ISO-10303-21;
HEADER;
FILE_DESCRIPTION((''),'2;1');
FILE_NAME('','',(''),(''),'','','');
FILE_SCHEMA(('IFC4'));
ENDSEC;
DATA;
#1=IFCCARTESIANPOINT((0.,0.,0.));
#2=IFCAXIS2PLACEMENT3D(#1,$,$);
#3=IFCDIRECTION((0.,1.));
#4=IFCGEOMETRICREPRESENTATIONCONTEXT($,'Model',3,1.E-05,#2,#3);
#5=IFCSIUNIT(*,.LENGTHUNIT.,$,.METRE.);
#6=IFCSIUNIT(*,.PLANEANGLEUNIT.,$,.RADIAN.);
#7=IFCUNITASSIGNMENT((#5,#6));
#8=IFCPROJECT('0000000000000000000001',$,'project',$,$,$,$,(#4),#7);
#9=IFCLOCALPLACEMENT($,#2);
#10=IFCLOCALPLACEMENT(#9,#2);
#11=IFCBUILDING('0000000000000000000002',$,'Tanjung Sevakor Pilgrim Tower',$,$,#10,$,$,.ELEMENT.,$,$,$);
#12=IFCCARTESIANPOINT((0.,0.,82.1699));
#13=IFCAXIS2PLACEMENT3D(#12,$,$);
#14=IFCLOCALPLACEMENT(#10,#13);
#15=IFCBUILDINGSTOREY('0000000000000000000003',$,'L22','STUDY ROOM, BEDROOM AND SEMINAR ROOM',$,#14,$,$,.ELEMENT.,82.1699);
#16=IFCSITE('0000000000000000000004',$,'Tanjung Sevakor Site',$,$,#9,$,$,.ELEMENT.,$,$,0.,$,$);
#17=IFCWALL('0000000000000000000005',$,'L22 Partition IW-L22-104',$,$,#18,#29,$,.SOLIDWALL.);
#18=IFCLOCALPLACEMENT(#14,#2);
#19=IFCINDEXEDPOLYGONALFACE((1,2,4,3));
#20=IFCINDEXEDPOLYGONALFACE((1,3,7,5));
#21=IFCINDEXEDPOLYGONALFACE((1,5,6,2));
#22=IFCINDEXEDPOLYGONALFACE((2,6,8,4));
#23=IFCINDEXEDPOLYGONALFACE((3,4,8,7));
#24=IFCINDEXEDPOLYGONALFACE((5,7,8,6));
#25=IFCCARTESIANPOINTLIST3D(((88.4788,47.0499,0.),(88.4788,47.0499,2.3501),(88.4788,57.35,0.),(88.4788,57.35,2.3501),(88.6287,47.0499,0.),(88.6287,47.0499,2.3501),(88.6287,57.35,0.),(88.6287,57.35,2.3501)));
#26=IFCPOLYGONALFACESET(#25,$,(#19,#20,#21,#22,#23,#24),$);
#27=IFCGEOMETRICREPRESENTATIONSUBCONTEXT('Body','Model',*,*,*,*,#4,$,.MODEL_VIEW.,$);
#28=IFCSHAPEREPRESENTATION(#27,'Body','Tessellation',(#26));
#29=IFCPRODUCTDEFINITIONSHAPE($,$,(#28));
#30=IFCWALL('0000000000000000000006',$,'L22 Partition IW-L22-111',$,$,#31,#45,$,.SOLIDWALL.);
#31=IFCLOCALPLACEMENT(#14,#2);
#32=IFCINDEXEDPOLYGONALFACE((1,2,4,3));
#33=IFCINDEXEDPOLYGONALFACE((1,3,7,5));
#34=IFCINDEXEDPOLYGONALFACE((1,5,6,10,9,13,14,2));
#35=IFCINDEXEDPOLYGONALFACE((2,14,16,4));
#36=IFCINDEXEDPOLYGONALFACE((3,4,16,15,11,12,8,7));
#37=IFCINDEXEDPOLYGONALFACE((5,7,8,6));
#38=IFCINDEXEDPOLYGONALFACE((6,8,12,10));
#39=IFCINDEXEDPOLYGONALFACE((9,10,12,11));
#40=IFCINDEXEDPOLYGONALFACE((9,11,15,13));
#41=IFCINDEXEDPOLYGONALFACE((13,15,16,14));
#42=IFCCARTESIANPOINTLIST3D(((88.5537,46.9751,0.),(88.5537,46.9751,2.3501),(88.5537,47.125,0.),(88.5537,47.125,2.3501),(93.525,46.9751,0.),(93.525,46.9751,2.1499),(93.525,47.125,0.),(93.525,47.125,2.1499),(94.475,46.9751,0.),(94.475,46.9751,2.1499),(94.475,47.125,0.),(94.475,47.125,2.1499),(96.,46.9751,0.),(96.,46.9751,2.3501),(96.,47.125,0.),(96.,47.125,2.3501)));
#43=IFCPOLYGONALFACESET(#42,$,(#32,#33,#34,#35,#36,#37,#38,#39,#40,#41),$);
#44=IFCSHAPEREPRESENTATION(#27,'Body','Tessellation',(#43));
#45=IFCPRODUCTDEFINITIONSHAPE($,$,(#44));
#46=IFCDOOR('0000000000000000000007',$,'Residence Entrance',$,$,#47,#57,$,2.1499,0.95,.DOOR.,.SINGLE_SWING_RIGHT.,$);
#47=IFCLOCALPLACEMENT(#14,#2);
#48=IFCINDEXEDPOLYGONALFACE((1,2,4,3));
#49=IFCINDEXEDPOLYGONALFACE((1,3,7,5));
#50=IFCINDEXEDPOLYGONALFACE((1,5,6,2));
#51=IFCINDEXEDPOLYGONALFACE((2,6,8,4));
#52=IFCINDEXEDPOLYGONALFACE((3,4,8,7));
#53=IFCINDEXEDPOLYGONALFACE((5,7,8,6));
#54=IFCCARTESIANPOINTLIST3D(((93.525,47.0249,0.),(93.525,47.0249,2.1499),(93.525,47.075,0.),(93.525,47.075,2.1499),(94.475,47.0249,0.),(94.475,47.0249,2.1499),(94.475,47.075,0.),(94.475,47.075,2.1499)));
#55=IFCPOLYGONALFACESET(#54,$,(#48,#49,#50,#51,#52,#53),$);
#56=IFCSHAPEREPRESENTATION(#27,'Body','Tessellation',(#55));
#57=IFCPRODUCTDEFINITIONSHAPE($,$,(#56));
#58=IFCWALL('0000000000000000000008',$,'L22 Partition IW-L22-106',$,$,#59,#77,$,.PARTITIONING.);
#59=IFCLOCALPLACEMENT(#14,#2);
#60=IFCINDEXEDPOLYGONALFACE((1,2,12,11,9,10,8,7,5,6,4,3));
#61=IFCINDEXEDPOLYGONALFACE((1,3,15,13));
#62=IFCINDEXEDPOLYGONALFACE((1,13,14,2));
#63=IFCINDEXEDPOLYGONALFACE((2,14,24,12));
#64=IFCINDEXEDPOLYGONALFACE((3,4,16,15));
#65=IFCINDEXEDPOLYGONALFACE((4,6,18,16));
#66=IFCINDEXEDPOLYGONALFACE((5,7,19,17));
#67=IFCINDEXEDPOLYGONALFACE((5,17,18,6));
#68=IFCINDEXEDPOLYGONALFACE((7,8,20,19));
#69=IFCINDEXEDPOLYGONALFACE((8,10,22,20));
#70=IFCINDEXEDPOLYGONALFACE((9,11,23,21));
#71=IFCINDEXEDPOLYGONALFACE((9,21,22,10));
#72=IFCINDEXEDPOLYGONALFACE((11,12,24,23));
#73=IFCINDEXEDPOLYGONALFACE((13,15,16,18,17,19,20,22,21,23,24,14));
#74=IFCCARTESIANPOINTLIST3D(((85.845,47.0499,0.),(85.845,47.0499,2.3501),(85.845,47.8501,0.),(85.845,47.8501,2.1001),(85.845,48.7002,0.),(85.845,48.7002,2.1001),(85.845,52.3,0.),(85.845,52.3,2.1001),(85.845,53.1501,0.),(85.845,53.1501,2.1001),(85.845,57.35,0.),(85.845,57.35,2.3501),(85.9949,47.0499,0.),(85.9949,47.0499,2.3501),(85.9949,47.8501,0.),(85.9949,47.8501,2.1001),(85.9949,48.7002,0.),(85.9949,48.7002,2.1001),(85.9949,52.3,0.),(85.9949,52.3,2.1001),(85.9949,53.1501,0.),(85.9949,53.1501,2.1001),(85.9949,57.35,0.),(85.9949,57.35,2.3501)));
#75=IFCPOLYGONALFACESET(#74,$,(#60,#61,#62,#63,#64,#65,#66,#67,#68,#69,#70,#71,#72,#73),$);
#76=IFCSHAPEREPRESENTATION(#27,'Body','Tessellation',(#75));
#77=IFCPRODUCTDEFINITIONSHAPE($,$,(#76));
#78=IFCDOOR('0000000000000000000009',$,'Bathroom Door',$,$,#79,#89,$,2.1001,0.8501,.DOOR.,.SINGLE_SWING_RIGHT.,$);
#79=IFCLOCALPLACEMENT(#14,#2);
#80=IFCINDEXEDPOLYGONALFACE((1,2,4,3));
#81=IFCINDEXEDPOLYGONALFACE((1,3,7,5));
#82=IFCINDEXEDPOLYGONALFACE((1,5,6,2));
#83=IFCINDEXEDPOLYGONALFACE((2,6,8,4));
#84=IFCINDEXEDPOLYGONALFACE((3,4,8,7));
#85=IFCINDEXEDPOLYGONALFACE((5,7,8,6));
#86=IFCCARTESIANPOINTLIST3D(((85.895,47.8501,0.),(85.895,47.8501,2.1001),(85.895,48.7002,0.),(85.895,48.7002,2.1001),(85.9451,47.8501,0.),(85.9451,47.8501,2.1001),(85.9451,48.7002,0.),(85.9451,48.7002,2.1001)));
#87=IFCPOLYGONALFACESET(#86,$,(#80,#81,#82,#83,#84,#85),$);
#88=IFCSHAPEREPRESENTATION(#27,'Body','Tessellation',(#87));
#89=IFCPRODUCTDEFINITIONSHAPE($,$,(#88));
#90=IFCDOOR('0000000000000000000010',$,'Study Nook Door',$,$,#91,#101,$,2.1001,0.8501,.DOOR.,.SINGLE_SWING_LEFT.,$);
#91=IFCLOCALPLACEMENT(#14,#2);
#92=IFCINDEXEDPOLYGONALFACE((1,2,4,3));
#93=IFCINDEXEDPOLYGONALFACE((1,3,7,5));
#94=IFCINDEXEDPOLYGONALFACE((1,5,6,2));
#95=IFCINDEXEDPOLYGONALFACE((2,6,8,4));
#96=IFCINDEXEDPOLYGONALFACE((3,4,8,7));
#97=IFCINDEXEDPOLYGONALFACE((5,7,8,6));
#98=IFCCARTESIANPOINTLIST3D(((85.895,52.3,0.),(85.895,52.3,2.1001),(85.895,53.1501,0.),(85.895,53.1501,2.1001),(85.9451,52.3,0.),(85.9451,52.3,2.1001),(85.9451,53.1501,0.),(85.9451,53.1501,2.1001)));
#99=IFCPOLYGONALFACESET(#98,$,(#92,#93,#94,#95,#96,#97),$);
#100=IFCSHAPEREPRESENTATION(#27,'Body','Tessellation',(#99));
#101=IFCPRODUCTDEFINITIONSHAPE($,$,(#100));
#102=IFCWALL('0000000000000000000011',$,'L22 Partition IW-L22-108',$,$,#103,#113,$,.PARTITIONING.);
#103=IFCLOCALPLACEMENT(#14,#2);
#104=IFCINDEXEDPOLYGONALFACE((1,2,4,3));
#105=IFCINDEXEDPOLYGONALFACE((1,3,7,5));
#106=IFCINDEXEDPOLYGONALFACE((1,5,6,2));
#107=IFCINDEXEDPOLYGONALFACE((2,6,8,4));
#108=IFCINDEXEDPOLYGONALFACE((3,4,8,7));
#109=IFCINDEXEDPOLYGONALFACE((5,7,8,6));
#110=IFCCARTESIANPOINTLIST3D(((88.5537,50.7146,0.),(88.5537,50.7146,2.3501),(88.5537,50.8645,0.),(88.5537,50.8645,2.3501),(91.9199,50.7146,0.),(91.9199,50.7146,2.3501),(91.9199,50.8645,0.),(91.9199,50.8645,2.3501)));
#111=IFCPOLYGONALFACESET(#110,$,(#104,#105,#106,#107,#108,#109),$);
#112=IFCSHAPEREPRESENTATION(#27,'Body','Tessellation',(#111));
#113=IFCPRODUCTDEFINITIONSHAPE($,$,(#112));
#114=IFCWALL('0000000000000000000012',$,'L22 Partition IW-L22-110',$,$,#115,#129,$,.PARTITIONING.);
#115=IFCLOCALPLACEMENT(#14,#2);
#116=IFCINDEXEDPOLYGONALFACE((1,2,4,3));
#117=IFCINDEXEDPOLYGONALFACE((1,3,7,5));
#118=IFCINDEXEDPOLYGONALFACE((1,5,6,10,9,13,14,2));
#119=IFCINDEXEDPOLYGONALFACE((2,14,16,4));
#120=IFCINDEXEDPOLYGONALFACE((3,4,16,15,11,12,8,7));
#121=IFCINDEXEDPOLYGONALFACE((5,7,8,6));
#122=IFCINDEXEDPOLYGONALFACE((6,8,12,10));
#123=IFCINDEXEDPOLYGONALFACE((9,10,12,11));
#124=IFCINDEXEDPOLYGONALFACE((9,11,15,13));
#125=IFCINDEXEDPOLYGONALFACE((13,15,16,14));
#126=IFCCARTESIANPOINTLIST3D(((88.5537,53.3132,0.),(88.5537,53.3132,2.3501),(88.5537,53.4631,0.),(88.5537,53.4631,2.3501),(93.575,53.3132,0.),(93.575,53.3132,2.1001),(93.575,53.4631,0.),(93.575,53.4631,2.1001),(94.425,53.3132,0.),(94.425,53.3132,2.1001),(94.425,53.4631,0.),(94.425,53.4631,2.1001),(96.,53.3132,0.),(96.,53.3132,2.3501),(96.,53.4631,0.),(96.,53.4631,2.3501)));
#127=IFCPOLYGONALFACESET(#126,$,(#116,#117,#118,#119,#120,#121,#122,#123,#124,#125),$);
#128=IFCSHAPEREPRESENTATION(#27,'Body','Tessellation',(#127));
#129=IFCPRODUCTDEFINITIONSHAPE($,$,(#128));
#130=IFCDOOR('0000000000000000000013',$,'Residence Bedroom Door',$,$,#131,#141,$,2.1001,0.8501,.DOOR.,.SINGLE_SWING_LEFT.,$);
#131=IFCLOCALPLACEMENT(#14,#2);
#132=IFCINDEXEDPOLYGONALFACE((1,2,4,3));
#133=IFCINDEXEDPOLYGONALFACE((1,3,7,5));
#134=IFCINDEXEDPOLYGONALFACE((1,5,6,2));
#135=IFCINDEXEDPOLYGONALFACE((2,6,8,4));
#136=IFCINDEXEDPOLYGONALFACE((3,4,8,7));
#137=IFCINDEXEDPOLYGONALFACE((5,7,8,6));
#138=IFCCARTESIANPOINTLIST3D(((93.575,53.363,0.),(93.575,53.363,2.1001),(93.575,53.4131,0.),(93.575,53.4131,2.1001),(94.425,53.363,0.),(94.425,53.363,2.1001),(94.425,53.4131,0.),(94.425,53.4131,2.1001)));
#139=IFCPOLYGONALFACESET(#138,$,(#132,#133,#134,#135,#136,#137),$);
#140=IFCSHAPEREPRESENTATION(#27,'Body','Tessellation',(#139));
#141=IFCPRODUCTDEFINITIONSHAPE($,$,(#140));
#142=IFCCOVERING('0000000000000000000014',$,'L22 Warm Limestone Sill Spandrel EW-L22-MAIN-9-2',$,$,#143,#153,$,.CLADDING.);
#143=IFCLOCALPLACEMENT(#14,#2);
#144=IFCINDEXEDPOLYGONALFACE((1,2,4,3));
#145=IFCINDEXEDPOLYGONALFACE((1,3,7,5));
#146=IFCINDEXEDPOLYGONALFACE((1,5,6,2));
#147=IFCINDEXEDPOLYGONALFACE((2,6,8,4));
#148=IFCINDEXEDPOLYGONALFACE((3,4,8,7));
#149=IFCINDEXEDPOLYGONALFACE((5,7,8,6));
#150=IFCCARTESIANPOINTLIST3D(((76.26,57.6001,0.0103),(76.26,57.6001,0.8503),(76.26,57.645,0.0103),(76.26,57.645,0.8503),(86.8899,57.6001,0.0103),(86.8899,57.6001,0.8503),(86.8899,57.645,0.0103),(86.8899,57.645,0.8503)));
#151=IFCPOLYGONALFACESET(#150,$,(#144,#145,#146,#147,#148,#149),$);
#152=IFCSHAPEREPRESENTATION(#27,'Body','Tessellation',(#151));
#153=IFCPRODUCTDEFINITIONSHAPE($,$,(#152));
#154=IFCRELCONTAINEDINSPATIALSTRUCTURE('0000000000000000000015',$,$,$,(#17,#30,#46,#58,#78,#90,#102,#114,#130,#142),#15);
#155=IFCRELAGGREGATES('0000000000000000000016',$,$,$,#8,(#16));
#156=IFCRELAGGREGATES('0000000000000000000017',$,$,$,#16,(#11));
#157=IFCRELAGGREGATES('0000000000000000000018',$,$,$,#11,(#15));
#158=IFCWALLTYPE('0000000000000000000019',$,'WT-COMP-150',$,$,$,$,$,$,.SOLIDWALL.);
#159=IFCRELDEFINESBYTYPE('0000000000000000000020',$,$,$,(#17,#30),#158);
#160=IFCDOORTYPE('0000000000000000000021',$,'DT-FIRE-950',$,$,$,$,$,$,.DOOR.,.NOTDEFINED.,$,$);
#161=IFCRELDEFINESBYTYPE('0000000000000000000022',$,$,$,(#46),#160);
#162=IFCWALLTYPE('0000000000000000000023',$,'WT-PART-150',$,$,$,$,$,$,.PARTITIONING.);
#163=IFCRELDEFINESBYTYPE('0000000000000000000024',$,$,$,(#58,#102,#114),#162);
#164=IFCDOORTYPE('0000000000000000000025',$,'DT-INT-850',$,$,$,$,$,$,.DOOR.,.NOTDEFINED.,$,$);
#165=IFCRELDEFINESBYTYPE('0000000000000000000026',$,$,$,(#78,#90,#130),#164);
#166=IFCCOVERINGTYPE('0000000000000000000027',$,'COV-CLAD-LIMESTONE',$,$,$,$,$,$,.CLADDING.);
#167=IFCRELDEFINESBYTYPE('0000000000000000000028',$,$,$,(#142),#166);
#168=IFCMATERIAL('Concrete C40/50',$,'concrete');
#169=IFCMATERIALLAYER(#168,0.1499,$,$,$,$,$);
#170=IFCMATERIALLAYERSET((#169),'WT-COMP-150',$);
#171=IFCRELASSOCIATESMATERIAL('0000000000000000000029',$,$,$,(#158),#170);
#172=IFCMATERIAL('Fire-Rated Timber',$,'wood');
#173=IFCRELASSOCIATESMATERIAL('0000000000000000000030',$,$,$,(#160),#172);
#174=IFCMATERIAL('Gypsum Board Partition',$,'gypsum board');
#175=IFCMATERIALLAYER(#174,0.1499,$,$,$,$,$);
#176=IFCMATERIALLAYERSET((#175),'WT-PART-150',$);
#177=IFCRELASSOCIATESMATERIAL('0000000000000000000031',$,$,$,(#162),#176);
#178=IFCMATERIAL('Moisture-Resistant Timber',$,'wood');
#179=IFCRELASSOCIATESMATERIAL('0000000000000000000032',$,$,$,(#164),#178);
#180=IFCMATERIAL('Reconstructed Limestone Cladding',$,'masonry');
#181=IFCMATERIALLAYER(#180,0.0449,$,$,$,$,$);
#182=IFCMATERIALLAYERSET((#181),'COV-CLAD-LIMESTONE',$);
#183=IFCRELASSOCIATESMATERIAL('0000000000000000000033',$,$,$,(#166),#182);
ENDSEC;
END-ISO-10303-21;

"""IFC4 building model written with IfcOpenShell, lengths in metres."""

from ifc_helpers import new_model, si_unit, direction, frame, frame_2d, origin, origin_2d, place, context, subcontext, project, spatial, rectangle, extrude, material, layer, layer_set, type_object, element, fill, save


model = new_model("IFC4")

# Units and contexts
model_context = context("Model", 3, precision=1e-05, world=origin(), true_north=direction((0.0, 1.0)))
body_context = subcontext(model_context, "Body", "Model", "MODEL_VIEW")
ifc_project = project(units=[si_unit("LENGTHUNIT", "METRE"), si_unit("PLANEANGLEUNIT", "RADIAN")], contexts=[model_context])

# Site, building, storey
site_placement = place(None, origin())
site = spatial("IfcSite", under=ifc_project, at=site_placement, Name="Tanjung Sevakor Site", CompositionType="ELEMENT", RefElevation=0.0)
building_placement = place(site_placement, origin())
building = spatial("IfcBuilding", under=site, at=building_placement, Name="Tanjung Sevakor Pilgrim Tower", CompositionType="ELEMENT")
storey_placement = place(building_placement, frame((0.0, 0.0, 82.1699)))
storey = spatial("IfcBuildingStorey", under=building, at=storey_placement, Name="L22", Description="STUDY ROOM, BEDROOM AND SEMINAR ROOM", CompositionType="ELEMENT", Elevation=82.1699)

# Wall
ifc_material_1 = material(Name="Concrete C40/50", Category="concrete")
ifc_layer_1 = layer(ifc_material_1, 0.1499)
ifc_layer_set_1 = layer_set([ifc_layer_1], Name="WT-COMP-150")
wall_type_1 = type_object("IfcWallType", Name="WT-COMP-150", PredefinedType="SOLIDWALL", material=ifc_layer_set_1)
wall_1_placement = place(storey_placement, frame((88.5537, 47.05, 0.0), z_axis=(0.0, 0.0, 1.0), x_axis=(0.0, 1.0, 0.0)))
element("IfcWall", 1, at=wall_1_placement, inside=storey, type_object=wall_type_1, Name="L22 Partition IW-L22-104", PredefinedType="SOLIDWALL", context=body_context, shape_type="SweptSolid", body=[
    extrude(rectangle(XDim=10.3, YDim=0.1499, at=frame_2d((5.1499, 0.0))), origin(), (0.0, 0.0, 1.0), 2.3501),
])

# Wall, opening, door
wall_2_placement = place(storey_placement, frame((88.5537, 47.05, 0.0), z_axis=(0.0, 0.0, 1.0), x_axis=(1.0, 0.0, 0.0)))
wall_2 = element("IfcWall", 2, at=wall_2_placement, inside=storey, type_object=wall_type_1, Name="L22 Partition IW-L22-111", PredefinedType="SOLIDWALL", context=body_context, shape_type="SweptSolid", body=[
    extrude(rectangle(XDim=7.4463, YDim=0.1499, at=frame_2d((3.7231, 0.0))), origin(), (0.0, 0.0, 1.0), 2.3501),
])
opening_1_placement = place(wall_2_placement, frame((4.9712, 0.0, 0.0)))
opening_1 = element("IfcOpeningElement", 3, at=opening_1_placement, cuts=wall_2, PredefinedType="OPENING", context=body_context, shape_type="SweptSolid", body=[
    extrude(rectangle(XDim=0.95, YDim=2.1499, at=frame_2d((0.4751, 1.075))), frame((0.0, 0.085, 0.0), z_axis=(0.0, -1.0, 0.0), x_axis=(1.0, 0.0, 0.0)), (0.0, 0.0, 1.0), 0.1699),
])
ifc_material_2 = material(Name="Fire-Rated Timber", Category="wood")
door_type_1 = type_object("IfcDoorType", Name="DT-FIRE-950", OperationType="NOTDEFINED", PredefinedType="DOOR", material=ifc_material_2)
door_1_placement = place(opening_1_placement, origin())
door_1 = element("IfcDoor", 4, at=door_1_placement, inside=storey, type_object=door_type_1, Name="Residence Entrance", OperationType="SINGLE_SWING_RIGHT", OverallHeight=2.1499, OverallWidth=0.95, PredefinedType="DOOR", context=body_context, shape_type="SweptSolid", body=[
    extrude(rectangle(XDim=0.95, YDim=2.1499, at=frame_2d((0.4751, 1.075))), frame((0.0, 0.0249, 0.0), z_axis=(0.0, -1.0, 0.0), x_axis=(1.0, 0.0, 0.0)), (0.0, 0.0, 1.0), 0.05),
])
fill(opening_1, door_1)

# Wall, openings, doors
ifc_material_3 = material(Name="Gypsum Board Partition", Category="gypsum board")
ifc_layer_2 = layer(ifc_material_3, 0.1499)
ifc_layer_set_2 = layer_set([ifc_layer_2], Name="WT-PART-150")
wall_type_2 = type_object("IfcWallType", Name="WT-PART-150", PredefinedType="PARTITIONING", material=ifc_layer_set_2)
wall_3_placement = place(storey_placement, frame((85.9199, 47.05, 0.0), z_axis=(0.0, 0.0, 1.0), x_axis=(0.0, 1.0, 0.0)))
wall_3 = element("IfcWall", 5, at=wall_3_placement, inside=storey, type_object=wall_type_2, Name="L22 Partition IW-L22-106", PredefinedType="PARTITIONING", context=body_context, shape_type="SweptSolid", body=[
    extrude(rectangle(XDim=10.3, YDim=0.1499, at=frame_2d((5.1499, 0.0))), origin(), (0.0, 0.0, 1.0), 2.3501),
])
opening_2_placement = place(wall_3_placement, frame((0.8, 0.0, 0.0)))
opening_2 = element("IfcOpeningElement", 6, at=opening_2_placement, cuts=wall_3, PredefinedType="OPENING", context=body_context, shape_type="SweptSolid", body=[
    extrude(rectangle(XDim=0.8501, YDim=2.1001, at=frame_2d((0.425, 1.05))), frame((0.0, 0.085, 0.0), z_axis=(0.0, -1.0, 0.0), x_axis=(1.0, 0.0, 0.0)), (0.0, 0.0, 1.0), 0.1699),
])
opening_3_placement = place(wall_3_placement, frame((5.25, 0.0, 0.0)))
opening_3 = element("IfcOpeningElement", 7, at=opening_3_placement, cuts=wall_3, PredefinedType="OPENING", context=body_context, shape_type="SweptSolid", body=[
    extrude(rectangle(XDim=0.8501, YDim=2.1001, at=frame_2d((0.425, 1.05))), frame((0.0, 0.085, 0.0), z_axis=(0.0, -1.0, 0.0), x_axis=(1.0, 0.0, 0.0)), (0.0, 0.0, 1.0), 0.1699),
])
ifc_material_4 = material(Name="Moisture-Resistant Timber", Category="wood")
door_type_2 = type_object("IfcDoorType", Name="DT-INT-850", OperationType="NOTDEFINED", PredefinedType="DOOR", material=ifc_material_4)
door_2_placement = place(opening_2_placement, origin())
door_2 = element("IfcDoor", 8, at=door_2_placement, inside=storey, type_object=door_type_2, Name="Bathroom Door", OperationType="SINGLE_SWING_RIGHT", OverallHeight=2.1001, OverallWidth=0.8501, PredefinedType="DOOR", context=body_context, shape_type="SweptSolid", body=[
    extrude(rectangle(XDim=0.8501, YDim=2.1001, at=frame_2d((0.425, 1.05))), frame((0.0, 0.0249, 0.0), z_axis=(0.0, -1.0, 0.0), x_axis=(1.0, 0.0, 0.0)), (0.0, 0.0, 1.0), 0.05),
])
fill(opening_2, door_2)
door_3_placement = place(opening_3_placement, origin())
door_3 = element("IfcDoor", 9, at=door_3_placement, inside=storey, type_object=door_type_2, Name="Study Nook Door", OperationType="SINGLE_SWING_LEFT", OverallHeight=2.1001, OverallWidth=0.8501, PredefinedType="DOOR", context=body_context, shape_type="SweptSolid", body=[
    extrude(rectangle(XDim=0.8501, YDim=2.1001, at=frame_2d((0.425, 1.05))), frame((0.0, 0.0249, 0.0), z_axis=(0.0, -1.0, 0.0), x_axis=(1.0, 0.0, 0.0)), (0.0, 0.0, 1.0), 0.05),
])
fill(opening_3, door_3)

# Wall
wall_4_placement = place(storey_placement, frame((88.5537, 50.7896, 0.0), z_axis=(0.0, 0.0, 1.0), x_axis=(1.0, 0.0, 0.0)))
element("IfcWall", 10, at=wall_4_placement, inside=storey, type_object=wall_type_2, Name="L22 Partition IW-L22-108", PredefinedType="PARTITIONING", context=body_context, shape_type="SweptSolid", body=[
    extrude(rectangle(XDim=3.3662, YDim=0.1499, at=frame_2d((1.6831, 0.0))), origin(), (0.0, 0.0, 1.0), 2.3501),
])

# Wall, opening, door
wall_5_placement = place(storey_placement, frame((88.5537, 53.3882, 0.0), z_axis=(0.0, 0.0, 1.0), x_axis=(1.0, 0.0, 0.0)))
wall_5 = element("IfcWall", 11, at=wall_5_placement, inside=storey, type_object=wall_type_2, Name="L22 Partition IW-L22-110", PredefinedType="PARTITIONING", context=body_context, shape_type="SweptSolid", body=[
    extrude(rectangle(XDim=7.4463, YDim=0.1499, at=frame_2d((3.7231, 0.0))), origin(), (0.0, 0.0, 1.0), 2.3501),
])
opening_4_placement = place(wall_5_placement, frame((5.0212, 0.0, 0.0)))
opening_4 = element("IfcOpeningElement", 12, at=opening_4_placement, cuts=wall_5, PredefinedType="OPENING", context=body_context, shape_type="SweptSolid", body=[
    extrude(rectangle(XDim=0.8501, YDim=2.1001, at=frame_2d((0.425, 1.05))), frame((0.0, 0.085, 0.0), z_axis=(0.0, -1.0, 0.0), x_axis=(1.0, 0.0, 0.0)), (0.0, 0.0, 1.0), 0.1699),
])
door_4_placement = place(opening_4_placement, origin())
door_4 = element("IfcDoor", 13, at=door_4_placement, inside=storey, type_object=door_type_2, Name="Residence Bedroom Door", OperationType="SINGLE_SWING_LEFT", OverallHeight=2.1001, OverallWidth=0.8501, PredefinedType="DOOR", context=body_context, shape_type="SweptSolid", body=[
    extrude(rectangle(XDim=0.8501, YDim=2.1001, at=frame_2d((0.425, 1.05))), frame((0.0, 0.0249, 0.0), z_axis=(0.0, -1.0, 0.0), x_axis=(1.0, 0.0, 0.0)), (0.0, 0.0, 1.0), 0.05),
])
fill(opening_4, door_4)

# Covering
ifc_material_5 = material(Name="Reconstructed Limestone Cladding", Category="masonry")
ifc_layer_3 = layer(ifc_material_5, 0.0449)
ifc_layer_set_3 = layer_set([ifc_layer_3], Name="COV-CLAD-LIMESTONE")
covering_type = type_object("IfcCoveringType", Name="COV-CLAD-LIMESTONE", PredefinedType="CLADDING", material=ifc_layer_set_3)
covering_placement = place(storey_placement, frame((81.575, 57.6226, 0.0103), z_axis=(0.0, 0.0, 1.0), x_axis=(-1.0, 0.0, 0.0)))
element("IfcCovering", 14, at=covering_placement, inside=storey, type_object=covering_type, Name="L22 Warm Limestone Sill Spandrel EW-L22-MAIN-9-2", PredefinedType="CLADDING", context=body_context, shape_type="SweptSolid", body=[
    extrude(rectangle(XDim=10.6299, YDim=0.0449, at=origin_2d()), origin(), (0.0, 0.0, 1.0), 0.8401),
])

save(model, "model.ifc")
